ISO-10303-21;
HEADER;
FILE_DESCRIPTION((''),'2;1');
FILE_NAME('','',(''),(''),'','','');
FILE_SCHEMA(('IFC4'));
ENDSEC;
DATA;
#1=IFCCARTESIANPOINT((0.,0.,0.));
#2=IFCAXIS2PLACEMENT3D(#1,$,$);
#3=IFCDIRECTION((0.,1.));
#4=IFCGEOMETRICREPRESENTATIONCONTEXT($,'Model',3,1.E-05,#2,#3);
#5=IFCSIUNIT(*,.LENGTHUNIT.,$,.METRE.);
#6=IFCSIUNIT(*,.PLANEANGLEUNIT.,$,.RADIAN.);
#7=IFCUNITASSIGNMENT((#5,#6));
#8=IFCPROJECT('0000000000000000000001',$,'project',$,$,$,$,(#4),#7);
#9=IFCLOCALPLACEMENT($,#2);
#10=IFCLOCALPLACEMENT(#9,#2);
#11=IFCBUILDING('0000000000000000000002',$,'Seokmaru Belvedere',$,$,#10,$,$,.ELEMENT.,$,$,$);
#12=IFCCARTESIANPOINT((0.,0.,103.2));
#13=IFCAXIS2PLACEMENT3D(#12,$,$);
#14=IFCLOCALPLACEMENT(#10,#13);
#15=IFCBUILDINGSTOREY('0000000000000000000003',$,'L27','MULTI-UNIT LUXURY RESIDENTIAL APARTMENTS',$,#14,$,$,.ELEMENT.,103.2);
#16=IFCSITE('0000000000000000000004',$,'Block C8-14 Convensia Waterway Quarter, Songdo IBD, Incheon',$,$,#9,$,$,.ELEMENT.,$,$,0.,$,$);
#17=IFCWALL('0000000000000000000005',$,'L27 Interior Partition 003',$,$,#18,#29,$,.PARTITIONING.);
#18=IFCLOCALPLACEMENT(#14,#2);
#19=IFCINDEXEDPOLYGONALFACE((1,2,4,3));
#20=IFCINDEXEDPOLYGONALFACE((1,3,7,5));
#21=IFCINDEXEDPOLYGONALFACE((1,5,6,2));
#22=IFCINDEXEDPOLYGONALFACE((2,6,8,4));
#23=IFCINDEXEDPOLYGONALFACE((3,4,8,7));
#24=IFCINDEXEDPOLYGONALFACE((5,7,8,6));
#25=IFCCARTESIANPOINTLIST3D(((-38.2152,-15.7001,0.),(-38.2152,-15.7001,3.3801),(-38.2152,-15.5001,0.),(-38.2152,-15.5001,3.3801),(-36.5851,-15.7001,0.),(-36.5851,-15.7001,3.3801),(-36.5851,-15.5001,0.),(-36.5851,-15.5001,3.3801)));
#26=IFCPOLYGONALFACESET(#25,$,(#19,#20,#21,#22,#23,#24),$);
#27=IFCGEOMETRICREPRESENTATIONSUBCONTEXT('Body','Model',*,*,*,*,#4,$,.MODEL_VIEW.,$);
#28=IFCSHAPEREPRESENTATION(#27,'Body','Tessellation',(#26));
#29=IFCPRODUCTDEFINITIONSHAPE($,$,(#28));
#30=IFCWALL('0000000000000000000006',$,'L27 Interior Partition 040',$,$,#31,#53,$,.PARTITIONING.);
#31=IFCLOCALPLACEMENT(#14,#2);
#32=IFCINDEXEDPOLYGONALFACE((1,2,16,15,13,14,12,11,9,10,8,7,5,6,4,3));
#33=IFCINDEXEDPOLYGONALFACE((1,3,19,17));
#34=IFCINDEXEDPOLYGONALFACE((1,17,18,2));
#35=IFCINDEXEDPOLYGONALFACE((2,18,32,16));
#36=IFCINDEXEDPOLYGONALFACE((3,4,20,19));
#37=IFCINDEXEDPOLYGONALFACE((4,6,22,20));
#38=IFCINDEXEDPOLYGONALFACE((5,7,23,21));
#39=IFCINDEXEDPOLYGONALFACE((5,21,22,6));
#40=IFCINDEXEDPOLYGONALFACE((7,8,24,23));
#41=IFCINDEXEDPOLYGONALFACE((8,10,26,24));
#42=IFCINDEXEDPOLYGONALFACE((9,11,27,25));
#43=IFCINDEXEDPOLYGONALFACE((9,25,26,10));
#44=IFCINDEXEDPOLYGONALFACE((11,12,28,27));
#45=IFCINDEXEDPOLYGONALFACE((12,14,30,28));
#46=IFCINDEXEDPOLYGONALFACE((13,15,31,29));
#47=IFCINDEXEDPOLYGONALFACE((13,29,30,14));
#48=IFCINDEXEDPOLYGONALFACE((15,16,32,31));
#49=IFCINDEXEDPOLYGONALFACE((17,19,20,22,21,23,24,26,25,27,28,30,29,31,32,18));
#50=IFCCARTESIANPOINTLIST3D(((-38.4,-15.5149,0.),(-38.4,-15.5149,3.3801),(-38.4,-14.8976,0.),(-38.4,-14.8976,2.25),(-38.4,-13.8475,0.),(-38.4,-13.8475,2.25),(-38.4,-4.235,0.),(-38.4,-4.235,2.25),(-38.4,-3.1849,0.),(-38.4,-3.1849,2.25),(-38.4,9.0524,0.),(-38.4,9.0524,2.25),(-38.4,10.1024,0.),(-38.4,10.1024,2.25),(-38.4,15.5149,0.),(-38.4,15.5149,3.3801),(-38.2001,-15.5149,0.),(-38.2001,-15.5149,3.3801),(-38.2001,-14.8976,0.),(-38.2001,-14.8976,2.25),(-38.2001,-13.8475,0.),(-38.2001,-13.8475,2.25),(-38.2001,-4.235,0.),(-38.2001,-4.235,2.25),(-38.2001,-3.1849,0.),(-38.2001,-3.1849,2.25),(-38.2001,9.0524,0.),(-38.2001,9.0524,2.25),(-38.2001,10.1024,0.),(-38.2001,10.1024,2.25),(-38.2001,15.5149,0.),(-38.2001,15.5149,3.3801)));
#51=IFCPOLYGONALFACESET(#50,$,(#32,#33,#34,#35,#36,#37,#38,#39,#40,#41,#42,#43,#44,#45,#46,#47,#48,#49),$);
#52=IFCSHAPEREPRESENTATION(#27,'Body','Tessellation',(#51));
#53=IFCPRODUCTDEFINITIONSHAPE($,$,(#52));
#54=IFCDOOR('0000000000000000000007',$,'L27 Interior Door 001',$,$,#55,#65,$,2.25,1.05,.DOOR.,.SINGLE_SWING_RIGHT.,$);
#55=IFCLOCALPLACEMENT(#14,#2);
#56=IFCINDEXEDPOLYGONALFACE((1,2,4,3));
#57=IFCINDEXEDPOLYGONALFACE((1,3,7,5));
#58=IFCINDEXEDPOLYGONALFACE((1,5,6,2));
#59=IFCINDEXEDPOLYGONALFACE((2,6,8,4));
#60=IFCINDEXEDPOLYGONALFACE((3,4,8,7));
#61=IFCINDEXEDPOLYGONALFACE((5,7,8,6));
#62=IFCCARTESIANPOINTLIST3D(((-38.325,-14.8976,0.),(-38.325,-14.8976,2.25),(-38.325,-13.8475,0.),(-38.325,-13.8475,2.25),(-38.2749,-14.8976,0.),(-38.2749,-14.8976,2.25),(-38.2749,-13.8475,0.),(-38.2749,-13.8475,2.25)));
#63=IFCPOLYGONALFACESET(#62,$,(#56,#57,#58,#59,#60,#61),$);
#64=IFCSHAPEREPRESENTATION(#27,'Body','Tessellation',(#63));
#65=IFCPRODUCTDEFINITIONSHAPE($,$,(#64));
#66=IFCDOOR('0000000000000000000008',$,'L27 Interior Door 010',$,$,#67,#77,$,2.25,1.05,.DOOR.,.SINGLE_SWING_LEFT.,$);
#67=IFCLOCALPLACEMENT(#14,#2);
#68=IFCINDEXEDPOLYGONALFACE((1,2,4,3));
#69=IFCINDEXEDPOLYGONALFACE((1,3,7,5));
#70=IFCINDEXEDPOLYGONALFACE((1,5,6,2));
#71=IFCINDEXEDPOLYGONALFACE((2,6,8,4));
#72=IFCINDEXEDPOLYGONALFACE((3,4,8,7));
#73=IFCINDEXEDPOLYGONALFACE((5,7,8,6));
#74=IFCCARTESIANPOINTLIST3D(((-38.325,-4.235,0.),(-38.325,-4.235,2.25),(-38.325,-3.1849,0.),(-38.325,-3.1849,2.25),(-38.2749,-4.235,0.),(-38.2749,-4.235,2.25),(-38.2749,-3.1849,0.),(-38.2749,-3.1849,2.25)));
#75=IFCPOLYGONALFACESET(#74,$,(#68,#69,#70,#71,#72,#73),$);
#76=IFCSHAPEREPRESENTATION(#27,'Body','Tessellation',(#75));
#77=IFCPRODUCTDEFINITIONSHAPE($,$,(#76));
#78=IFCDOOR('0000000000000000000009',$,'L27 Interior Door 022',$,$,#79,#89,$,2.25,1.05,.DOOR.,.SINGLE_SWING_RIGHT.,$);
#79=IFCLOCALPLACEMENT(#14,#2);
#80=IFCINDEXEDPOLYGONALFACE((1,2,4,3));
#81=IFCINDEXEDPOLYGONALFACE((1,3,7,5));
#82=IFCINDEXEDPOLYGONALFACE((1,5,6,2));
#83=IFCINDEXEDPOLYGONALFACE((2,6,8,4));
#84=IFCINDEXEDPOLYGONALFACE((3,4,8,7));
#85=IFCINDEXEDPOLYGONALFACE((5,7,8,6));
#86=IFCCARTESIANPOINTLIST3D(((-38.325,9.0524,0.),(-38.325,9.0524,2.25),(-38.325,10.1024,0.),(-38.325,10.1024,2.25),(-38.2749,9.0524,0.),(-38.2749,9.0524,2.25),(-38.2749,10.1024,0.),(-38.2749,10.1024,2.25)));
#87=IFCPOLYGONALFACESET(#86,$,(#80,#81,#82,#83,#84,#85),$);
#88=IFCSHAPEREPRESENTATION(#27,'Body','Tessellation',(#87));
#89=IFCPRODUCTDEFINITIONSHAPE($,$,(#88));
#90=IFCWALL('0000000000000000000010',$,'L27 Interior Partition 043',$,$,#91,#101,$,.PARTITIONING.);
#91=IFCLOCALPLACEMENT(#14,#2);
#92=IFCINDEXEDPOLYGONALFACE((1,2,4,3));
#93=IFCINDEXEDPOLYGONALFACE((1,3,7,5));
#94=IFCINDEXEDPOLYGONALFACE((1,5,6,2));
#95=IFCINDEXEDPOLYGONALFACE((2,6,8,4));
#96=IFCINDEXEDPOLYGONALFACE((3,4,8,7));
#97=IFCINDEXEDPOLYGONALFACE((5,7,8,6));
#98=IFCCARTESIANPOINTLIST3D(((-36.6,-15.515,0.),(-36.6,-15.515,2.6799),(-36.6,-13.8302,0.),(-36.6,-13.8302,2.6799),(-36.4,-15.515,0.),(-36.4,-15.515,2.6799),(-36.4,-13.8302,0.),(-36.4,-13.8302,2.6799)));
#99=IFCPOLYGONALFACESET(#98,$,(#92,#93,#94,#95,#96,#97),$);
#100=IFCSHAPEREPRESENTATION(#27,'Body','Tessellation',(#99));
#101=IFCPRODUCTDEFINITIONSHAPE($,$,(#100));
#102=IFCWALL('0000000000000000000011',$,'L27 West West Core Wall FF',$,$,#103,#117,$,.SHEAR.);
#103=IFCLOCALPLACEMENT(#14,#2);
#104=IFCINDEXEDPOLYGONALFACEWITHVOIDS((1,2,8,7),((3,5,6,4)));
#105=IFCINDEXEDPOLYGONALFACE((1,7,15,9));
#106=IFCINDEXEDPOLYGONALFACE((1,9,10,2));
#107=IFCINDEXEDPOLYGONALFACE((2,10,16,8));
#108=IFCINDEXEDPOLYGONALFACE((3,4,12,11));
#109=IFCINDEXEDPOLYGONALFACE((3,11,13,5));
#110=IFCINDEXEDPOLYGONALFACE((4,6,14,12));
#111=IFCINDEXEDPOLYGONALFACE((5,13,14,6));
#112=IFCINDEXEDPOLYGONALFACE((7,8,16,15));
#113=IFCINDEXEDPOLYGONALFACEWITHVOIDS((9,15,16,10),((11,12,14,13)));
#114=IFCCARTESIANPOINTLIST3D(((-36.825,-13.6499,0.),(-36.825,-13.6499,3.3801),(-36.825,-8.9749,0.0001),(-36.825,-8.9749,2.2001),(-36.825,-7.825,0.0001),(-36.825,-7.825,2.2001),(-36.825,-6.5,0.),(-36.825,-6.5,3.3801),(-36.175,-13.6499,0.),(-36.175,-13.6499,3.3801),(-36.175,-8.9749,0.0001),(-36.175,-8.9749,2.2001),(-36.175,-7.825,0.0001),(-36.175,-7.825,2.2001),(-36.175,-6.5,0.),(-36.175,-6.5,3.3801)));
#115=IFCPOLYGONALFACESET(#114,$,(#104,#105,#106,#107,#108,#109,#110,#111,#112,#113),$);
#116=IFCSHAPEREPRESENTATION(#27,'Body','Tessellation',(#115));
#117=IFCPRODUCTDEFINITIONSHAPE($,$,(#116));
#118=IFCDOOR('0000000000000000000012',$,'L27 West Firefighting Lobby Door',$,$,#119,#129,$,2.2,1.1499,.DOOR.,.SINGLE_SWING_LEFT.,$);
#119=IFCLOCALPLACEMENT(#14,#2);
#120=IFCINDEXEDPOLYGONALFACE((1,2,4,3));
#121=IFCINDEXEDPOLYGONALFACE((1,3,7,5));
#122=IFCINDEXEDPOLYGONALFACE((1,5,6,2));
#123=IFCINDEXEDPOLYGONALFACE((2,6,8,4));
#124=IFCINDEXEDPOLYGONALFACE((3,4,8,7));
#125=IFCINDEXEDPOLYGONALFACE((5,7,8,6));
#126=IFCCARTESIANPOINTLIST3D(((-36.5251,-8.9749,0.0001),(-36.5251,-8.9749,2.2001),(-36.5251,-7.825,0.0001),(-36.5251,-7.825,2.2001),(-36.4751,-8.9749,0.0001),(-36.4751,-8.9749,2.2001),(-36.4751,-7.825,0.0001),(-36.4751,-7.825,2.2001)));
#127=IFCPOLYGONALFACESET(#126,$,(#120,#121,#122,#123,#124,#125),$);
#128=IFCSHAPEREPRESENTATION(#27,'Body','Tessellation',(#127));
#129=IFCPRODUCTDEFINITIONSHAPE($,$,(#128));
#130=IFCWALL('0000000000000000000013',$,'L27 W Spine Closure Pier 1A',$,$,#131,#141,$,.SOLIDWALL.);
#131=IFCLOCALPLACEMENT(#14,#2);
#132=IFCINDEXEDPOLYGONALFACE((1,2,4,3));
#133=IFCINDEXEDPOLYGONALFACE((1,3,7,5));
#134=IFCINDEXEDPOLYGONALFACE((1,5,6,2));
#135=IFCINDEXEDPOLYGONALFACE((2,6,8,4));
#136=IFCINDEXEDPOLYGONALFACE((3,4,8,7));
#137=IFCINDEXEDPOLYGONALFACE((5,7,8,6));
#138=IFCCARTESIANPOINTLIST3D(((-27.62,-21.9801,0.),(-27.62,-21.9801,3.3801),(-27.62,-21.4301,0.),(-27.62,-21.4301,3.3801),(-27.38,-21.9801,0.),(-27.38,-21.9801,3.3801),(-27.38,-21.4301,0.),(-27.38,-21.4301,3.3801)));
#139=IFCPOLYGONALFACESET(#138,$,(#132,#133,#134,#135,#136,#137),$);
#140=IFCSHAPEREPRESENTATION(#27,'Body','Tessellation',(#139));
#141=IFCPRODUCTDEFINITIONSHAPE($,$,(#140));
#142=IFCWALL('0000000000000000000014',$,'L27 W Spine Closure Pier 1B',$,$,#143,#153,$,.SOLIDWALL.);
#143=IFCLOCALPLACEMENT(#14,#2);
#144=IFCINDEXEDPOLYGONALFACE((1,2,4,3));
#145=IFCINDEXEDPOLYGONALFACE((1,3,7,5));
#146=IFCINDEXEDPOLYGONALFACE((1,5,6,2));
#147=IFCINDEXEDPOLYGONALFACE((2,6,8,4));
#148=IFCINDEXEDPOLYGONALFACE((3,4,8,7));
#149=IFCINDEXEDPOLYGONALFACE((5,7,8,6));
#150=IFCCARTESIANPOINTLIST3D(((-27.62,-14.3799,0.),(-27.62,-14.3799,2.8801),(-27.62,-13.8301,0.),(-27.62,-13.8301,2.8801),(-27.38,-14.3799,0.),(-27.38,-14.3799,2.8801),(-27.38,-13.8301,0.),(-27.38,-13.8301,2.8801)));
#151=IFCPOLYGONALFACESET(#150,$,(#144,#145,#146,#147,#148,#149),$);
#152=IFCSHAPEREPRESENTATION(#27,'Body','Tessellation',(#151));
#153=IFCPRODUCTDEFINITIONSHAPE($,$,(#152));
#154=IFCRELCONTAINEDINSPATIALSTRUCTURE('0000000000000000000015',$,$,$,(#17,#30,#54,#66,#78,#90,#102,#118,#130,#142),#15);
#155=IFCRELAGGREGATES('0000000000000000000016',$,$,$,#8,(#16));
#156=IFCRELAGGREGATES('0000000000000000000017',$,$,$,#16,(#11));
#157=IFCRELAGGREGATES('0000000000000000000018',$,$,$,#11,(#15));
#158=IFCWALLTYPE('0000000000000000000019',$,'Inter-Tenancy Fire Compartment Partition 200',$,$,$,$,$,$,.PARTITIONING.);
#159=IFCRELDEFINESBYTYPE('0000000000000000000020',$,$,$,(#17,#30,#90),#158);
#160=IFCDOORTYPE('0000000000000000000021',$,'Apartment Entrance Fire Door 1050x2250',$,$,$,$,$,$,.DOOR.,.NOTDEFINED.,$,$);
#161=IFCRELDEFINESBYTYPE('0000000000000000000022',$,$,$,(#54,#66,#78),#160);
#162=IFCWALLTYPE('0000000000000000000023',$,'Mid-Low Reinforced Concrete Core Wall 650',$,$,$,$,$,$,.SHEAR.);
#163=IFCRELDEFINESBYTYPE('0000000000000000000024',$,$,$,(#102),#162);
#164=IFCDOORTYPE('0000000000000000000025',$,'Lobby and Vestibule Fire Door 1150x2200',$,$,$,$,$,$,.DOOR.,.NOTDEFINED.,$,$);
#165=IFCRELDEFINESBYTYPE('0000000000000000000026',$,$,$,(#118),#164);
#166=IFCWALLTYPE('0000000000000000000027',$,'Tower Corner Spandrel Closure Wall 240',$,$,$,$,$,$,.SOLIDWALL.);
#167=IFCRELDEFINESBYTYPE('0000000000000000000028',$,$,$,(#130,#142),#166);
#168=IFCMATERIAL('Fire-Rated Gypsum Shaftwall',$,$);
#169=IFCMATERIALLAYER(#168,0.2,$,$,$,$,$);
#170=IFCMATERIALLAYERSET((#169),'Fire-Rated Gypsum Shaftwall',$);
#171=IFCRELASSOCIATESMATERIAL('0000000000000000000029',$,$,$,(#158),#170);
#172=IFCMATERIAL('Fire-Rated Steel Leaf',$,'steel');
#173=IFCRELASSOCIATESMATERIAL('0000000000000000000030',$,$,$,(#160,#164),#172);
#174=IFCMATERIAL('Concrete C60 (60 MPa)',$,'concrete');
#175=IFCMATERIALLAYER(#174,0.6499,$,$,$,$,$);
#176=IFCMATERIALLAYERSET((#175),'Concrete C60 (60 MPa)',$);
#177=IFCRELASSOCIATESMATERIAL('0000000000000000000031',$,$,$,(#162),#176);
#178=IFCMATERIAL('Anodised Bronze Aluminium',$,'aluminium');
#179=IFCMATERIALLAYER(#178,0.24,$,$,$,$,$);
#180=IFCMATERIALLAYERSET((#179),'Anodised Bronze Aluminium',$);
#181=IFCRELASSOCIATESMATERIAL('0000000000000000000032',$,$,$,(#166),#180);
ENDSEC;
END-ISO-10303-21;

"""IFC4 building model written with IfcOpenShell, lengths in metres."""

from ifc_helpers import new_model, si_unit, direction, frame, frame_2d, origin, place, context, subcontext, project, spatial, rectangle, extrude, source, transform, mapped, material, layer, layer_set, type_object, type_shapes, element, fill, save


model = new_model("IFC4")

# Units and contexts
model_context = context("Model", 3, precision=1e-05, world=origin(), true_north=direction((0.0, 1.0)))
body_context = subcontext(model_context, "Body", "Model", "MODEL_VIEW")
ifc_project = project(units=[si_unit("LENGTHUNIT", "METRE"), si_unit("PLANEANGLEUNIT", "RADIAN")], contexts=[model_context])

# Site, building, storey
site_placement = place(None, origin())
site = spatial("IfcSite", under=ifc_project, at=site_placement, Name="Block C8-14 Convensia Waterway Quarter, Songdo IBD, Incheon", CompositionType="ELEMENT", RefElevation=0.0)
building_placement = place(site_placement, origin())
building = spatial("IfcBuilding", under=site, at=building_placement, Name="Seokmaru Belvedere", CompositionType="ELEMENT")
storey_placement = place(building_placement, frame((0.0, 0.0, 103.2)))
storey = spatial("IfcBuildingStorey", under=building, at=storey_placement, Name="L27", Description="MULTI-UNIT LUXURY RESIDENTIAL APARTMENTS", CompositionType="ELEMENT", Elevation=103.2)

# Shared definitions
ifc_material_1 = material(Name="Anodised Bronze Aluminium", Category="aluminium")

# Wall
ifc_material_2 = material(Name="Fire-Rated Gypsum Shaftwall")
ifc_layer_1 = layer(ifc_material_2, 0.2)
ifc_layer_set_1 = layer_set([ifc_layer_1], Name="Fire-Rated Gypsum Shaftwall")
wall_type_1 = type_object("IfcWallType", Name="Inter-Tenancy Fire Compartment Partition 200", PredefinedType="PARTITIONING", material=ifc_layer_set_1)
wall_1_placement = place(storey_placement, frame((-38.2151, -15.6001, 0.0), z_axis=(0.0, 0.0, 1.0), x_axis=(1.0, 0.0, 0.0)))
element("IfcWall", 1, at=wall_1_placement, inside=storey, type_object=wall_type_1, Name="L27 Interior Partition 003", PredefinedType="PARTITIONING", context=body_context, shape_type="SweptSolid", body=[
    extrude(rectangle(XDim=1.6301, YDim=0.2, at=frame_2d((0.8149, 0.0))), origin(), (0.0, 0.0, 1.0), 3.3801),
])

# Wall, openings, doors
wall_2_placement = place(storey_placement, frame((-38.3, -15.5149, 0.0), z_axis=(0.0, 0.0, 1.0), x_axis=(0.0, 1.0, 0.0)))
wall_2 = element("IfcWall", 2, at=wall_2_placement, inside=storey, type_object=wall_type_1, Name="L27 Interior Partition 040", PredefinedType="PARTITIONING", context=body_context, shape_type="SweptSolid", body=[
    extrude(rectangle(XDim=31.0298, YDim=0.2, at=frame_2d((15.5149, 0.0))), origin(), (0.0, 0.0, 1.0), 3.3801),
])
opening_1_placement = place(wall_2_placement, frame((0.6174, 0.0, 0.0)))
opening_1 = element("IfcOpeningElement", 3, at=opening_1_placement, cuts=wall_2, PredefinedType="OPENING", context=body_context, shape_type="SweptSolid", body=[
    extrude(rectangle(XDim=1.05, YDim=2.25, at=frame_2d((0.5249, 1.125))), frame((0.0, 0.1099, 0.0), z_axis=(0.0, -1.0, 0.0), x_axis=(1.0, 0.0, 0.0)), (0.0, 0.0, 1.0), 0.22),
])
opening_2_placement = place(wall_2_placement, frame((11.28, 0.0, 0.0)))
opening_2 = element("IfcOpeningElement", 4, at=opening_2_placement, cuts=wall_2, PredefinedType="OPENING", context=body_context, shape_type="SweptSolid", body=[
    extrude(rectangle(XDim=1.05, YDim=2.25, at=frame_2d((0.5249, 1.125))), frame((0.0, 0.1099, 0.0), z_axis=(0.0, -1.0, 0.0), x_axis=(1.0, 0.0, 0.0)), (0.0, 0.0, 1.0), 0.22),
])
opening_3_placement = place(wall_2_placement, frame((24.5674, 0.0, 0.0)))
opening_3 = element("IfcOpeningElement", 5, at=opening_3_placement, cuts=wall_2, PredefinedType="OPENING", context=body_context, shape_type="SweptSolid", body=[
    extrude(rectangle(XDim=1.05, YDim=2.25, at=frame_2d((0.5249, 1.125))), frame((0.0, 0.1099, 0.0), z_axis=(0.0, -1.0, 0.0), x_axis=(1.0, 0.0, 0.0)), (0.0, 0.0, 1.0), 0.22),
])
ifc_material_3 = material(Name="Fire-Rated Steel Leaf", Category="steel")
door_type_1 = type_object("IfcDoorType", Name="Apartment Entrance Fire Door 1050x2250", OperationType="NOTDEFINED", PredefinedType="DOOR", material=ifc_material_3)
shared_shape_1 = source(origin(), body_context, "Body", "SweptSolid", [
    extrude(rectangle(XDim=1.05, YDim=2.25, at=frame_2d((0.5249, 1.125))), frame((0.0, 0.0249, 0.0), z_axis=(0.0, -1.0, 0.0), x_axis=(1.0, 0.0, 0.0)), (0.0, 0.0, 1.0), 0.05),
])
type_shapes(door_type_1, [shared_shape_1])
door_1_placement = place(opening_1_placement, origin())
door_1 = element("IfcDoor", 6, at=door_1_placement, inside=storey, type_object=door_type_1, Name="L27 Interior Door 001", OperationType="SINGLE_SWING_RIGHT", OverallHeight=2.25, OverallWidth=1.05, PredefinedType="DOOR", context=body_context, shape_type="MappedRepresentation", body=[
    mapped(shared_shape_1, transform((0.0, 0.0, 0.0), scale=1.0)),
])
fill(opening_1, door_1)
door_2_placement = place(opening_2_placement, origin())
door_2 = element("IfcDoor", 7, at=door_2_placement, inside=storey, type_object=door_type_1, Name="L27 Interior Door 010", OperationType="SINGLE_SWING_LEFT", OverallHeight=2.25, OverallWidth=1.05, PredefinedType="DOOR", context=body_context, shape_type="MappedRepresentation", body=[
    mapped(shared_shape_1, transform((0.0, 0.0, 0.0), scale=1.0)),
])
fill(opening_2, door_2)
door_3_placement = place(opening_3_placement, origin())
door_3 = element("IfcDoor", 8, at=door_3_placement, inside=storey, type_object=door_type_1, Name="L27 Interior Door 022", OperationType="SINGLE_SWING_RIGHT", OverallHeight=2.25, OverallWidth=1.05, PredefinedType="DOOR", context=body_context, shape_type="MappedRepresentation", body=[
    mapped(shared_shape_1, transform((0.0, 0.0, 0.0), scale=1.0)),
])
fill(opening_3, door_3)

# Wall
wall_3_placement = place(storey_placement, frame((-36.5, -15.5149, 0.0), z_axis=(0.0, 0.0, 1.0), x_axis=(0.0, 1.0, 0.0)))
element("IfcWall", 9, at=wall_3_placement, inside=storey, type_object=wall_type_1, Name="L27 Interior Partition 043", PredefinedType="PARTITIONING", context=body_context, shape_type="SweptSolid", body=[
    extrude(rectangle(XDim=1.6848, YDim=0.2, at=frame_2d((0.8423, 0.0))), origin(), (0.0, 0.0, 1.0), 2.6799),
])

# Wall, opening, door
ifc_material_4 = material(Name="Concrete C60 (60 MPa)", Category="concrete")
ifc_layer_2 = layer(ifc_material_4, 0.6499)
ifc_layer_set_2 = layer_set([ifc_layer_2], Name="Concrete C60 (60 MPa)")
wall_type_2 = type_object("IfcWallType", Name="Mid-Low Reinforced Concrete Core Wall 650", PredefinedType="SHEAR", material=ifc_layer_set_2)
wall_4_placement = place(storey_placement, frame((-36.5, -13.6499, 0.0), z_axis=(0.0, 0.0, 1.0), x_axis=(0.0, 1.0, 0.0)))
wall_4 = element("IfcWall", 10, at=wall_4_placement, inside=storey, type_object=wall_type_2, Name="L27 West West Core Wall FF", PredefinedType="SHEAR", context=body_context, shape_type="SweptSolid", body=[
    extrude(rectangle(XDim=7.1499, YDim=0.6499, at=frame_2d((3.575, 0.0))), origin(), (0.0, 0.0, 1.0), 3.3801),
])
opening_4_placement = place(wall_4_placement, frame((4.675, 0.0, 0.0)))
opening_4 = element("IfcOpeningElement", 11, at=opening_4_placement, cuts=wall_4, PredefinedType="OPENING", context=body_context, shape_type="SweptSolid", body=[
    extrude(rectangle(XDim=1.1499, YDim=2.2, at=frame_2d((0.575, 1.1001))), frame((0.0, 0.335, 0.0), z_axis=(0.0, -1.0, 0.0), x_axis=(1.0, 0.0, 0.0)), (0.0, 0.0, 1.0), 0.6699),
])
door_type_2 = type_object("IfcDoorType", Name="Lobby and Vestibule Fire Door 1150x2200", OperationType="NOTDEFINED", PredefinedType="DOOR", material=ifc_material_3)
shared_shape_2 = source(origin(), body_context, "Body", "SweptSolid", [
    extrude(rectangle(XDim=1.1499, YDim=2.2, at=frame_2d((0.575, 1.1001))), frame((0.0, 0.0249, 0.0), z_axis=(0.0, -1.0, 0.0), x_axis=(1.0, 0.0, 0.0)), (0.0, 0.0, 1.0), 0.05),
])
type_shapes(door_type_2, [shared_shape_2])
door_4_placement = place(opening_4_placement, frame((1.1499, 0.0, 0.0), z_axis=(0.0, 0.0, 1.0), x_axis=(-1.0, 0.0, 0.0)))
door_4 = element("IfcDoor", 12, at=door_4_placement, inside=storey, type_object=door_type_2, Name="L27 West Firefighting Lobby Door", OperationType="SINGLE_SWING_LEFT", OverallHeight=2.2, OverallWidth=1.1499, PredefinedType="DOOR", context=body_context, shape_type="MappedRepresentation", body=[
    mapped(shared_shape_2, transform((0.0, 0.0, 0.0), scale=1.0)),
])
fill(opening_4, door_4)

# Walls
ifc_layer_3 = layer(ifc_material_1, 0.24)
ifc_layer_set_3 = layer_set([ifc_layer_3], Name="Anodised Bronze Aluminium")
wall_type_3 = type_object("IfcWallType", Name="Tower Corner Spandrel Closure Wall 240", PredefinedType="SOLIDWALL", material=ifc_layer_set_3)
wall_5_placement = place(storey_placement, frame((-27.5, -21.98, 0.0), z_axis=(0.0, 0.0, 1.0), x_axis=(0.0, 1.0, 0.0)))
element("IfcWall", 13, at=wall_5_placement, inside=storey, type_object=wall_type_3, Name="L27 W Spine Closure Pier 1A", PredefinedType="SOLIDWALL", context=body_context, shape_type="SweptSolid", body=[
    extrude(rectangle(XDim=0.55, YDim=0.24, at=frame_2d((0.2749, 0.0))), origin(), (0.0, 0.0, 1.0), 3.3801),
])
wall_6_placement = place(storey_placement, frame((-27.5, -14.3799, 0.0), z_axis=(0.0, 0.0, 1.0), x_axis=(0.0, 1.0, 0.0)))
element("IfcWall", 14, at=wall_6_placement, inside=storey, type_object=wall_type_3, Name="L27 W Spine Closure Pier 1B", PredefinedType="SOLIDWALL", context=body_context, shape_type="SweptSolid", body=[
    extrude(rectangle(XDim=0.5498, YDim=0.24, at=frame_2d((0.2749, 0.0))), origin(), (0.0, 0.0, 1.0), 2.8801),
])

save(model, "model.ifc")
